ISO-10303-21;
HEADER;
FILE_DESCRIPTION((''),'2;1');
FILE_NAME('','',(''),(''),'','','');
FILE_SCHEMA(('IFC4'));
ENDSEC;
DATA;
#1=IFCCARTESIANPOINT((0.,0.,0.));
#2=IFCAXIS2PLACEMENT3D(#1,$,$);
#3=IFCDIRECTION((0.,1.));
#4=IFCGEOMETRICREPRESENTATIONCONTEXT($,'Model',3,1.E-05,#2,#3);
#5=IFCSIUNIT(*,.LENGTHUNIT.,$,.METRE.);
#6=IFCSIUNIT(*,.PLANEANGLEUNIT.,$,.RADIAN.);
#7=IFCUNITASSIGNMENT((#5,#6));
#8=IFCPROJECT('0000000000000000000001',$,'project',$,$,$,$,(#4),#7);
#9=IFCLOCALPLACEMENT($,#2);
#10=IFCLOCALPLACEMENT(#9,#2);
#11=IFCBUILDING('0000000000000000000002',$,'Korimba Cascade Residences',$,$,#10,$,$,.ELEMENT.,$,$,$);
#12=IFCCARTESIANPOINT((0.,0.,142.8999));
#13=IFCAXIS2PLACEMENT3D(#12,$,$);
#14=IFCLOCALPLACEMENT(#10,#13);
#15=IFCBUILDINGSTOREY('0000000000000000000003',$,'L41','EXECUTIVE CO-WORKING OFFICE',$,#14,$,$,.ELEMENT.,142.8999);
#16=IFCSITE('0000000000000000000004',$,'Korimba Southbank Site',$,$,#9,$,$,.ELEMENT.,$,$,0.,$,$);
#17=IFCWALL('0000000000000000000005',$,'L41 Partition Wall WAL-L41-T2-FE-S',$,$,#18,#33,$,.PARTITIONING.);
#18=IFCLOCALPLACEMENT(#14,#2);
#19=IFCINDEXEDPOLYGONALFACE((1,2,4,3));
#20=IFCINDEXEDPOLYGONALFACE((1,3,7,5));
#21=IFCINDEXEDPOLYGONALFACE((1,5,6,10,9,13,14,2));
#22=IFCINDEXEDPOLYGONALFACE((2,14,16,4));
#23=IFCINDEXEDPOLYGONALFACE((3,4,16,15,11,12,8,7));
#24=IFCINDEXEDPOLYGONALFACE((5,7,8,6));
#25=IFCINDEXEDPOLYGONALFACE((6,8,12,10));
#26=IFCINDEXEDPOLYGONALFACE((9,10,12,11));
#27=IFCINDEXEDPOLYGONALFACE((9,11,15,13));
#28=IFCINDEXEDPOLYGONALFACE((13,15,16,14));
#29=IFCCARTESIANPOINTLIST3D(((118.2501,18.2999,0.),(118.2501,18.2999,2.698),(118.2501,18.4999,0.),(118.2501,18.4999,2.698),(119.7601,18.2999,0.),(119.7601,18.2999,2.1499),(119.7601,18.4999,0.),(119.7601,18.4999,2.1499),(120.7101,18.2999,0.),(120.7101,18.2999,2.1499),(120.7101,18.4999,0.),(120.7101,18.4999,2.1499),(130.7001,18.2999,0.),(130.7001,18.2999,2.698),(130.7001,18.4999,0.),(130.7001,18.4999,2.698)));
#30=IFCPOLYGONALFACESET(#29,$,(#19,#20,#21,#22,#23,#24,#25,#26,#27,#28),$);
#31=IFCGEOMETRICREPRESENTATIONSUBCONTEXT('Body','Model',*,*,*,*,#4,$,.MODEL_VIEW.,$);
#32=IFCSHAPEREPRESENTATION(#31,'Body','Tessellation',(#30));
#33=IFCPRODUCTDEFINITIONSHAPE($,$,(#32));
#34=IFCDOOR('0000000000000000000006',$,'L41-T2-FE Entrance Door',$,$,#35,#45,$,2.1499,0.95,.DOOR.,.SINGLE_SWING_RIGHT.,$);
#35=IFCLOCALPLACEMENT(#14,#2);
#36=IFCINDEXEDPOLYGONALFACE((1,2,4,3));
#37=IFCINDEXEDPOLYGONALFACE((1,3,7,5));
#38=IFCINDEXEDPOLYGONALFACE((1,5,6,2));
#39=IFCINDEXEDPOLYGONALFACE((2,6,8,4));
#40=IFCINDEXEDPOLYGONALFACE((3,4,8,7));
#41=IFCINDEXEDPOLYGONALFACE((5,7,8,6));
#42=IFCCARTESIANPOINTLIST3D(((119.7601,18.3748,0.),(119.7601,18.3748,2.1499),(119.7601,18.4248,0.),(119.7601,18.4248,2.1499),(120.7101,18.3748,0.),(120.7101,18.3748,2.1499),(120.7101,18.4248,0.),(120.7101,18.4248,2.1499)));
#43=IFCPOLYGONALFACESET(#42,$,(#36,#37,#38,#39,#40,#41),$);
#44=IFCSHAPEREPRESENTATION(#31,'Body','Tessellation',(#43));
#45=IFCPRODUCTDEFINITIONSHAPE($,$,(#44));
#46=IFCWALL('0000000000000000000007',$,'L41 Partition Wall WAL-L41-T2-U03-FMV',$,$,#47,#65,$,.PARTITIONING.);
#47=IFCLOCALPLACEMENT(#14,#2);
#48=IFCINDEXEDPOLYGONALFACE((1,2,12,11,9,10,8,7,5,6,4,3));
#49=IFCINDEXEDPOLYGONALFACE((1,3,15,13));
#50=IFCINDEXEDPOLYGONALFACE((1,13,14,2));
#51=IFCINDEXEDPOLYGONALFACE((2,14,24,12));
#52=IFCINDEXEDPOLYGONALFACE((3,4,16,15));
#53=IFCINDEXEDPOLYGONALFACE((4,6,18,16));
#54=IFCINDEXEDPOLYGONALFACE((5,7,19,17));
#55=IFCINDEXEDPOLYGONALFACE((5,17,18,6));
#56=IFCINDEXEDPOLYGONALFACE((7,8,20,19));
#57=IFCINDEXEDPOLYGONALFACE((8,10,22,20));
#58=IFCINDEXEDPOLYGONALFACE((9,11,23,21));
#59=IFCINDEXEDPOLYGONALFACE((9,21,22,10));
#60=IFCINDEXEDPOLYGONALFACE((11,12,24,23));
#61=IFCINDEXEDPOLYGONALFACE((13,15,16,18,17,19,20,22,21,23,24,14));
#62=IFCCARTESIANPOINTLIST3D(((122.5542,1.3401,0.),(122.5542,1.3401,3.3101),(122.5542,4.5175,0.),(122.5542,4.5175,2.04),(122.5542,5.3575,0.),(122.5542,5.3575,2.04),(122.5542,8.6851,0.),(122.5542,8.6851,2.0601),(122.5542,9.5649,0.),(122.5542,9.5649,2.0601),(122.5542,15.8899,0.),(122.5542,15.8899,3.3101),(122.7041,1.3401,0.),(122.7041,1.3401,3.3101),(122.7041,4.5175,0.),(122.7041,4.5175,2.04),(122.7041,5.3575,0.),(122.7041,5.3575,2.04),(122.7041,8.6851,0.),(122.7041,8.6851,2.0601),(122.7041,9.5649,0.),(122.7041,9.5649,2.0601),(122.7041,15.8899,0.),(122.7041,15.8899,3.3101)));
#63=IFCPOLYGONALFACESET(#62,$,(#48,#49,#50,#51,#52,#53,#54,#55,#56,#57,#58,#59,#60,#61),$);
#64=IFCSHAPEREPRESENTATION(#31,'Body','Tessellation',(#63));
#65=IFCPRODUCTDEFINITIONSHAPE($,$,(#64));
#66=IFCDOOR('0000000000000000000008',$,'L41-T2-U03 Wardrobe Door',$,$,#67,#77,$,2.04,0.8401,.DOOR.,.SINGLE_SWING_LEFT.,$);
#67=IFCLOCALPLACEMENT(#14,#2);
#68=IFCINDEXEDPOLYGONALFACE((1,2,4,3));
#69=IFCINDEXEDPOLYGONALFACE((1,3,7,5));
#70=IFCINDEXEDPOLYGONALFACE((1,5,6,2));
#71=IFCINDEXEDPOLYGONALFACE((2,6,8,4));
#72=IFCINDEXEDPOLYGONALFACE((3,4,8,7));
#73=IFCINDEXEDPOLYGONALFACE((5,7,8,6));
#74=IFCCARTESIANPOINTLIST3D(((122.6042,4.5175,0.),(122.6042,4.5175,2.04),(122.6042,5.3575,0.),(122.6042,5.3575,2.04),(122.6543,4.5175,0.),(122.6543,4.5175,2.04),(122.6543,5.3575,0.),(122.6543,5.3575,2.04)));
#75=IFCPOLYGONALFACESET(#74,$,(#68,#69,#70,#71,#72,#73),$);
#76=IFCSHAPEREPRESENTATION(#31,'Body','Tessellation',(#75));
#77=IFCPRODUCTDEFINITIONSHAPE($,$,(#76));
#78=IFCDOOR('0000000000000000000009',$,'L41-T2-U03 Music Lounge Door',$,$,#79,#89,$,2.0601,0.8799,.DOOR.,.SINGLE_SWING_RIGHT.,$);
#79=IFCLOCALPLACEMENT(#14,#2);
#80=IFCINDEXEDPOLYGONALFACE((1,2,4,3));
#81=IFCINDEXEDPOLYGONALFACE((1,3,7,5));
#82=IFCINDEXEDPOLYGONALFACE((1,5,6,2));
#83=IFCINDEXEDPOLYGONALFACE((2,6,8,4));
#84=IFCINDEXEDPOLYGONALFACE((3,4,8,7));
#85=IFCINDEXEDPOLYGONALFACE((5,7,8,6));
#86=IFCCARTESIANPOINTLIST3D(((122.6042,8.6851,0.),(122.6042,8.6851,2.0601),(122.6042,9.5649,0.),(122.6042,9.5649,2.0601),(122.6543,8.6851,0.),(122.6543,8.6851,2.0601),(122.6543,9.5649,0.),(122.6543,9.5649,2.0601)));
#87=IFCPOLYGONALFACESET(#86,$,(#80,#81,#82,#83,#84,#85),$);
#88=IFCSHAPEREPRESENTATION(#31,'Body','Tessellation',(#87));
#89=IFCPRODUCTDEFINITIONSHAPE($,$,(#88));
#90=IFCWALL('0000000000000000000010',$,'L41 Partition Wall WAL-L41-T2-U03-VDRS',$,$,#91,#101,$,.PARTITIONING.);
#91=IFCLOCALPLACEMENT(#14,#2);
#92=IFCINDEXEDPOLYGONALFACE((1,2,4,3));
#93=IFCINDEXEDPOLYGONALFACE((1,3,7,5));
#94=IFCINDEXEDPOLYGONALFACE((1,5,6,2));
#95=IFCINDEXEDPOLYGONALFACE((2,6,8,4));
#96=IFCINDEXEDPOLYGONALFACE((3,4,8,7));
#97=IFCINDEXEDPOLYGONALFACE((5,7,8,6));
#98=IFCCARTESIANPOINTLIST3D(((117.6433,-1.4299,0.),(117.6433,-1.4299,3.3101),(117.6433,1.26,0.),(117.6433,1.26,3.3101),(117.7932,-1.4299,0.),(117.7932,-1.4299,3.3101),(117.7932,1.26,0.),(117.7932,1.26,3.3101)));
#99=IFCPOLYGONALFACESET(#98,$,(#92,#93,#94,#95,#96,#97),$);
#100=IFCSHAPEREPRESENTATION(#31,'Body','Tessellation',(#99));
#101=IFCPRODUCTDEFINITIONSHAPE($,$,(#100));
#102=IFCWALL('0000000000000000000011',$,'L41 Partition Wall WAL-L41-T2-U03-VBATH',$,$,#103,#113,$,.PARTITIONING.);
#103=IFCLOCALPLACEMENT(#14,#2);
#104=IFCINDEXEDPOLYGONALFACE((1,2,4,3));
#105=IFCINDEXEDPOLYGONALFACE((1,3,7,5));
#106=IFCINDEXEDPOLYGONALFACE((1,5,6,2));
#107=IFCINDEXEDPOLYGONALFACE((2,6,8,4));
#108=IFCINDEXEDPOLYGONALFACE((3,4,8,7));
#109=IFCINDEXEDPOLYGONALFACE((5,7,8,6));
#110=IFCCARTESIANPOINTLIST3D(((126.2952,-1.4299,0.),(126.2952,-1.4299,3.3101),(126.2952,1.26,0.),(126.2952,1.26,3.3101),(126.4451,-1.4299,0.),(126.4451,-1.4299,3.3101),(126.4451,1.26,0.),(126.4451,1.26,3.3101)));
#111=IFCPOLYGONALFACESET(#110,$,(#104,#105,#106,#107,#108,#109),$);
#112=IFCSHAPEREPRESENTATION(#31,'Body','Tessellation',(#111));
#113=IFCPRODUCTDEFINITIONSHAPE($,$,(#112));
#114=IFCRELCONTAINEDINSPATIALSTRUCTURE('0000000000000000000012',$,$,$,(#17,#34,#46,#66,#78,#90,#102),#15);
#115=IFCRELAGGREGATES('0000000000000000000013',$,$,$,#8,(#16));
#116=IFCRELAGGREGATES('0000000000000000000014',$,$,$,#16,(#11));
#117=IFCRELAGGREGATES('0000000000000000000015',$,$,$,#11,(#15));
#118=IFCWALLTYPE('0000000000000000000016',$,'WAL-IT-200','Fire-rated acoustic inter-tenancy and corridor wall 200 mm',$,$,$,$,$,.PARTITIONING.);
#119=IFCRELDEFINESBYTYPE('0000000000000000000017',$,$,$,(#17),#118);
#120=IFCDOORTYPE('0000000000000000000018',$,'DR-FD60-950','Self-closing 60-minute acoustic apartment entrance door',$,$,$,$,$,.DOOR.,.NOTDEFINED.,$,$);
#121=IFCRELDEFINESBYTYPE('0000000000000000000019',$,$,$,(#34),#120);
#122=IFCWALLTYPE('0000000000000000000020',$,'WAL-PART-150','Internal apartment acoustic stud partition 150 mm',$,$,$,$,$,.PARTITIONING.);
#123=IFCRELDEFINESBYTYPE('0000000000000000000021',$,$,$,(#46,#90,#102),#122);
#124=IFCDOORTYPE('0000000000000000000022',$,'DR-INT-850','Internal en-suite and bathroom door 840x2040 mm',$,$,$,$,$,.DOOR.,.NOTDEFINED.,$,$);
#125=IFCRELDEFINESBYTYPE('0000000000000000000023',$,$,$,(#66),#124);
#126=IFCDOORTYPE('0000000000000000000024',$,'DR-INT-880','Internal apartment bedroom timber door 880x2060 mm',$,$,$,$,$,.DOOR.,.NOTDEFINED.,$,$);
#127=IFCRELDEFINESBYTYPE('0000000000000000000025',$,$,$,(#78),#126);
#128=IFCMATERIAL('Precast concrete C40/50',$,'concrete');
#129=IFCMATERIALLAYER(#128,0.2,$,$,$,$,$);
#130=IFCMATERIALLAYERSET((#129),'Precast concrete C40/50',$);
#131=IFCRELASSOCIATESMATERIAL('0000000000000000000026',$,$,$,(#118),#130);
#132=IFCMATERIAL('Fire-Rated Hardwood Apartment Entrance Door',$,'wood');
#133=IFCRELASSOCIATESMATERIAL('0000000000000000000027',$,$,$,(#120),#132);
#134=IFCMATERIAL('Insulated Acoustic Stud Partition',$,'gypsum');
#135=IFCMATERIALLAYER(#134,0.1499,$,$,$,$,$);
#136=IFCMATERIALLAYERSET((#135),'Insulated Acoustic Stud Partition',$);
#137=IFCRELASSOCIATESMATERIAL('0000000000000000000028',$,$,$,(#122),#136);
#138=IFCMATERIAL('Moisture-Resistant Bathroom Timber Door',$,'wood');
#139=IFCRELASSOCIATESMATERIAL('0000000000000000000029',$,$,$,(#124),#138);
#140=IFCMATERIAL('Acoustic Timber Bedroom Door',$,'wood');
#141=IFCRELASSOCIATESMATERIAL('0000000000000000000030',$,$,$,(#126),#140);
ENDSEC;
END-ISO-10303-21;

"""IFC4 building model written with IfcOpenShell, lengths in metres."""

from ifc_helpers import new_model, si_unit, direction, frame, frame_2d, origin, place, context, subcontext, project, spatial, rectangle, extrude, material, layer, layer_set, type_object, element, fill, save


model = new_model("IFC4")

# Units and contexts
model_context = context("Model", 3, precision=1e-05, world=origin(), true_north=direction((0.0, 1.0)))
body_context = subcontext(model_context, "Body", "Model", "MODEL_VIEW")
ifc_project = project(units=[si_unit("LENGTHUNIT", "METRE"), si_unit("PLANEANGLEUNIT", "RADIAN")], contexts=[model_context])

# Site, building, storey
site_placement = place(None, origin())
site = spatial("IfcSite", under=ifc_project, at=site_placement, Name="Korimba Southbank Site", CompositionType="ELEMENT", RefElevation=0.0)
building_placement = place(site_placement, origin())
building = spatial("IfcBuilding", under=site, at=building_placement, Name="Korimba Cascade Residences", CompositionType="ELEMENT")
storey_placement = place(building_placement, frame((0.0, 0.0, 142.8999)))
storey = spatial("IfcBuildingStorey", under=building, at=storey_placement, Name="L41", Description="EXECUTIVE CO-WORKING OFFICE", CompositionType="ELEMENT", Elevation=142.8999)

# Wall, opening, door
ifc_material_1 = material(Name="Precast concrete C40/50", Category="concrete")
ifc_layer_1 = layer(ifc_material_1, 0.2)
ifc_layer_set_1 = layer_set([ifc_layer_1], Name="Precast concrete C40/50")
wall_type_1 = type_object("IfcWallType", Name="WAL-IT-200", Description="Fire-rated acoustic inter-tenancy and corridor wall 200 mm", PredefinedType="PARTITIONING", material=ifc_layer_set_1)
wall_1_placement = place(storey_placement, frame((118.25, 18.3999, 0.0), z_axis=(0.0, 0.0, 1.0), x_axis=(1.0, 0.0, 0.0)))
wall_1 = element("IfcWall", 1, at=wall_1_placement, inside=storey, type_object=wall_type_1, Name="L41 Partition Wall WAL-L41-T2-FE-S", PredefinedType="PARTITIONING", context=body_context, shape_type="SweptSolid", body=[
    extrude(rectangle(XDim=12.45, YDim=0.2, at=frame_2d((6.2251, 0.0))), origin(), (0.0, 0.0, 1.0), 2.698),
])
opening_1_placement = place(wall_1_placement, frame((1.51, 0.0, 0.0)))
opening_1 = element("IfcOpeningElement", 2, at=opening_1_placement, cuts=wall_1, PredefinedType="OPENING", context=body_context, shape_type="SweptSolid", body=[
    extrude(rectangle(XDim=0.95, YDim=2.1499, at=frame_2d((0.4751, 1.075))), frame((0.0, 0.1099, 0.0), z_axis=(0.0, -1.0, 0.0), x_axis=(1.0, 0.0, 0.0)), (0.0, 0.0, 1.0), 0.22),
])
ifc_material_2 = material(Name="Fire-Rated Hardwood Apartment Entrance Door", Category="wood")
door_type_1 = type_object("IfcDoorType", Name="DR-FD60-950", Description="Self-closing 60-minute acoustic apartment entrance door", OperationType="NOTDEFINED", PredefinedType="DOOR", material=ifc_material_2)
door_1_placement = place(opening_1_placement, origin())
door_1 = element("IfcDoor", 3, at=door_1_placement, inside=storey, type_object=door_type_1, Name="L41-T2-FE Entrance Door", OperationType="SINGLE_SWING_RIGHT", OverallHeight=2.1499, OverallWidth=0.95, PredefinedType="DOOR", context=body_context, shape_type="SweptSolid", body=[
    extrude(rectangle(XDim=0.95, YDim=2.1499, at=frame_2d((0.4751, 1.075))), frame((0.0, 0.0249, 0.0), z_axis=(0.0, -1.0, 0.0), x_axis=(1.0, 0.0, 0.0)), (0.0, 0.0, 1.0), 0.05),
])
fill(opening_1, door_1)

# Wall, openings, doors
ifc_material_3 = material(Name="Insulated Acoustic Stud Partition", Category="gypsum")
ifc_layer_2 = layer(ifc_material_3, 0.1499)
ifc_layer_set_2 = layer_set([ifc_layer_2], Name="Insulated Acoustic Stud Partition")
wall_type_2 = type_object("IfcWallType", Name="WAL-PART-150", Description="Internal apartment acoustic stud partition 150 mm", PredefinedType="PARTITIONING", material=ifc_layer_set_2)
wall_2_placement = place(storey_placement, frame((122.6292, 1.3401, 0.0), z_axis=(0.0, 0.0, 1.0), x_axis=(0.0, 1.0, 0.0)))
wall_2 = element("IfcWall", 4, at=wall_2_placement, inside=storey, type_object=wall_type_2, Name="L41 Partition Wall WAL-L41-T2-U03-FMV", PredefinedType="PARTITIONING", context=body_context, shape_type="SweptSolid", body=[
    extrude(rectangle(XDim=14.5498, YDim=0.1499, at=frame_2d((7.2749, 0.0))), origin(), (0.0, 0.0, 1.0), 3.3101),
])
opening_2_placement = place(wall_2_placement, frame((3.1775, 0.0, 0.0)))
opening_2 = element("IfcOpeningElement", 5, at=opening_2_placement, cuts=wall_2, PredefinedType="OPENING", context=body_context, shape_type="SweptSolid", body=[
    extrude(rectangle(XDim=0.8401, YDim=2.04, at=frame_2d((0.4199, 1.02))), frame((0.0, 0.085, 0.0), z_axis=(0.0, -1.0, 0.0), x_axis=(1.0, 0.0, 0.0)), (0.0, 0.0, 1.0), 0.1699),
])
opening_3_placement = place(wall_2_placement, frame((7.345, 0.0, 0.0)))
opening_3 = element("IfcOpeningElement", 6, at=opening_3_placement, cuts=wall_2, PredefinedType="OPENING", context=body_context, shape_type="SweptSolid", body=[
    extrude(rectangle(XDim=0.8799, YDim=2.0601, at=frame_2d((0.4399, 1.03))), frame((0.0, 0.085, 0.0), z_axis=(0.0, -1.0, 0.0), x_axis=(1.0, 0.0, 0.0)), (0.0, 0.0, 1.0), 0.1699),
])
ifc_material_4 = material(Name="Moisture-Resistant Bathroom Timber Door", Category="wood")
door_type_2 = type_object("IfcDoorType", Name="DR-INT-850", Description="Internal en-suite and bathroom door 840x2040 mm", OperationType="NOTDEFINED", PredefinedType="DOOR", material=ifc_material_4)
door_2_placement = place(opening_2_placement, origin())
door_2 = element("IfcDoor", 7, at=door_2_placement, inside=storey, type_object=door_type_2, Name="L41-T2-U03 Wardrobe Door", OperationType="SINGLE_SWING_LEFT", OverallHeight=2.04, OverallWidth=0.8401, PredefinedType="DOOR", context=body_context, shape_type="SweptSolid", body=[
    extrude(rectangle(XDim=0.8401, YDim=2.04, at=frame_2d((0.4199, 1.02))), frame((0.0, 0.0249, 0.0), z_axis=(0.0, -1.0, 0.0), x_axis=(1.0, 0.0, 0.0)), (0.0, 0.0, 1.0), 0.05),
])
fill(opening_2, door_2)
ifc_material_5 = material(Name="Acoustic Timber Bedroom Door", Category="wood")
door_type_3 = type_object("IfcDoorType", Name="DR-INT-880", Description="Internal apartment bedroom timber door 880x2060 mm", OperationType="NOTDEFINED", PredefinedType="DOOR", material=ifc_material_5)
door_3_placement = place(opening_3_placement, origin())
door_3 = element("IfcDoor", 8, at=door_3_placement, inside=storey, type_object=door_type_3, Name="L41-T2-U03 Music Lounge Door", OperationType="SINGLE_SWING_RIGHT", OverallHeight=2.0601, OverallWidth=0.8799, PredefinedType="DOOR", context=body_context, shape_type="SweptSolid", body=[
    extrude(rectangle(XDim=0.8799, YDim=2.0601, at=frame_2d((0.4399, 1.03))), frame((0.0, 0.0249, 0.0), z_axis=(0.0, -1.0, 0.0), x_axis=(1.0, 0.0, 0.0)), (0.0, 0.0, 1.0), 0.05),
])
fill(opening_3, door_3)

# Walls
for number, where, z_axis, x_axis, name in (
    (9, (117.7183, -1.4299, 0.0), (0.0, 0.0, 1.0), (0.0, 1.0, 0.0), "L41 Partition Wall WAL-L41-T2-U03-VDRS"),
    (10, (126.3701, -1.4299, 0.0), (0.0, 0.0, 1.0), (0.0, 1.0, 0.0), "L41 Partition Wall WAL-L41-T2-U03-VBATH"),
):
    element("IfcWall", number, at=place(storey_placement, frame(where, z_axis=z_axis, x_axis=x_axis)), inside=storey, type_object=wall_type_2, Name=name, PredefinedType="PARTITIONING", context=body_context, shape_type="SweptSolid", body=[
        extrude(rectangle(XDim=2.6899, YDim=0.1499, at=frame_2d((1.345, 0.0))), origin(), (0.0, 0.0, 1.0), 3.3101),
    ])

save(model, "model.ifc")
